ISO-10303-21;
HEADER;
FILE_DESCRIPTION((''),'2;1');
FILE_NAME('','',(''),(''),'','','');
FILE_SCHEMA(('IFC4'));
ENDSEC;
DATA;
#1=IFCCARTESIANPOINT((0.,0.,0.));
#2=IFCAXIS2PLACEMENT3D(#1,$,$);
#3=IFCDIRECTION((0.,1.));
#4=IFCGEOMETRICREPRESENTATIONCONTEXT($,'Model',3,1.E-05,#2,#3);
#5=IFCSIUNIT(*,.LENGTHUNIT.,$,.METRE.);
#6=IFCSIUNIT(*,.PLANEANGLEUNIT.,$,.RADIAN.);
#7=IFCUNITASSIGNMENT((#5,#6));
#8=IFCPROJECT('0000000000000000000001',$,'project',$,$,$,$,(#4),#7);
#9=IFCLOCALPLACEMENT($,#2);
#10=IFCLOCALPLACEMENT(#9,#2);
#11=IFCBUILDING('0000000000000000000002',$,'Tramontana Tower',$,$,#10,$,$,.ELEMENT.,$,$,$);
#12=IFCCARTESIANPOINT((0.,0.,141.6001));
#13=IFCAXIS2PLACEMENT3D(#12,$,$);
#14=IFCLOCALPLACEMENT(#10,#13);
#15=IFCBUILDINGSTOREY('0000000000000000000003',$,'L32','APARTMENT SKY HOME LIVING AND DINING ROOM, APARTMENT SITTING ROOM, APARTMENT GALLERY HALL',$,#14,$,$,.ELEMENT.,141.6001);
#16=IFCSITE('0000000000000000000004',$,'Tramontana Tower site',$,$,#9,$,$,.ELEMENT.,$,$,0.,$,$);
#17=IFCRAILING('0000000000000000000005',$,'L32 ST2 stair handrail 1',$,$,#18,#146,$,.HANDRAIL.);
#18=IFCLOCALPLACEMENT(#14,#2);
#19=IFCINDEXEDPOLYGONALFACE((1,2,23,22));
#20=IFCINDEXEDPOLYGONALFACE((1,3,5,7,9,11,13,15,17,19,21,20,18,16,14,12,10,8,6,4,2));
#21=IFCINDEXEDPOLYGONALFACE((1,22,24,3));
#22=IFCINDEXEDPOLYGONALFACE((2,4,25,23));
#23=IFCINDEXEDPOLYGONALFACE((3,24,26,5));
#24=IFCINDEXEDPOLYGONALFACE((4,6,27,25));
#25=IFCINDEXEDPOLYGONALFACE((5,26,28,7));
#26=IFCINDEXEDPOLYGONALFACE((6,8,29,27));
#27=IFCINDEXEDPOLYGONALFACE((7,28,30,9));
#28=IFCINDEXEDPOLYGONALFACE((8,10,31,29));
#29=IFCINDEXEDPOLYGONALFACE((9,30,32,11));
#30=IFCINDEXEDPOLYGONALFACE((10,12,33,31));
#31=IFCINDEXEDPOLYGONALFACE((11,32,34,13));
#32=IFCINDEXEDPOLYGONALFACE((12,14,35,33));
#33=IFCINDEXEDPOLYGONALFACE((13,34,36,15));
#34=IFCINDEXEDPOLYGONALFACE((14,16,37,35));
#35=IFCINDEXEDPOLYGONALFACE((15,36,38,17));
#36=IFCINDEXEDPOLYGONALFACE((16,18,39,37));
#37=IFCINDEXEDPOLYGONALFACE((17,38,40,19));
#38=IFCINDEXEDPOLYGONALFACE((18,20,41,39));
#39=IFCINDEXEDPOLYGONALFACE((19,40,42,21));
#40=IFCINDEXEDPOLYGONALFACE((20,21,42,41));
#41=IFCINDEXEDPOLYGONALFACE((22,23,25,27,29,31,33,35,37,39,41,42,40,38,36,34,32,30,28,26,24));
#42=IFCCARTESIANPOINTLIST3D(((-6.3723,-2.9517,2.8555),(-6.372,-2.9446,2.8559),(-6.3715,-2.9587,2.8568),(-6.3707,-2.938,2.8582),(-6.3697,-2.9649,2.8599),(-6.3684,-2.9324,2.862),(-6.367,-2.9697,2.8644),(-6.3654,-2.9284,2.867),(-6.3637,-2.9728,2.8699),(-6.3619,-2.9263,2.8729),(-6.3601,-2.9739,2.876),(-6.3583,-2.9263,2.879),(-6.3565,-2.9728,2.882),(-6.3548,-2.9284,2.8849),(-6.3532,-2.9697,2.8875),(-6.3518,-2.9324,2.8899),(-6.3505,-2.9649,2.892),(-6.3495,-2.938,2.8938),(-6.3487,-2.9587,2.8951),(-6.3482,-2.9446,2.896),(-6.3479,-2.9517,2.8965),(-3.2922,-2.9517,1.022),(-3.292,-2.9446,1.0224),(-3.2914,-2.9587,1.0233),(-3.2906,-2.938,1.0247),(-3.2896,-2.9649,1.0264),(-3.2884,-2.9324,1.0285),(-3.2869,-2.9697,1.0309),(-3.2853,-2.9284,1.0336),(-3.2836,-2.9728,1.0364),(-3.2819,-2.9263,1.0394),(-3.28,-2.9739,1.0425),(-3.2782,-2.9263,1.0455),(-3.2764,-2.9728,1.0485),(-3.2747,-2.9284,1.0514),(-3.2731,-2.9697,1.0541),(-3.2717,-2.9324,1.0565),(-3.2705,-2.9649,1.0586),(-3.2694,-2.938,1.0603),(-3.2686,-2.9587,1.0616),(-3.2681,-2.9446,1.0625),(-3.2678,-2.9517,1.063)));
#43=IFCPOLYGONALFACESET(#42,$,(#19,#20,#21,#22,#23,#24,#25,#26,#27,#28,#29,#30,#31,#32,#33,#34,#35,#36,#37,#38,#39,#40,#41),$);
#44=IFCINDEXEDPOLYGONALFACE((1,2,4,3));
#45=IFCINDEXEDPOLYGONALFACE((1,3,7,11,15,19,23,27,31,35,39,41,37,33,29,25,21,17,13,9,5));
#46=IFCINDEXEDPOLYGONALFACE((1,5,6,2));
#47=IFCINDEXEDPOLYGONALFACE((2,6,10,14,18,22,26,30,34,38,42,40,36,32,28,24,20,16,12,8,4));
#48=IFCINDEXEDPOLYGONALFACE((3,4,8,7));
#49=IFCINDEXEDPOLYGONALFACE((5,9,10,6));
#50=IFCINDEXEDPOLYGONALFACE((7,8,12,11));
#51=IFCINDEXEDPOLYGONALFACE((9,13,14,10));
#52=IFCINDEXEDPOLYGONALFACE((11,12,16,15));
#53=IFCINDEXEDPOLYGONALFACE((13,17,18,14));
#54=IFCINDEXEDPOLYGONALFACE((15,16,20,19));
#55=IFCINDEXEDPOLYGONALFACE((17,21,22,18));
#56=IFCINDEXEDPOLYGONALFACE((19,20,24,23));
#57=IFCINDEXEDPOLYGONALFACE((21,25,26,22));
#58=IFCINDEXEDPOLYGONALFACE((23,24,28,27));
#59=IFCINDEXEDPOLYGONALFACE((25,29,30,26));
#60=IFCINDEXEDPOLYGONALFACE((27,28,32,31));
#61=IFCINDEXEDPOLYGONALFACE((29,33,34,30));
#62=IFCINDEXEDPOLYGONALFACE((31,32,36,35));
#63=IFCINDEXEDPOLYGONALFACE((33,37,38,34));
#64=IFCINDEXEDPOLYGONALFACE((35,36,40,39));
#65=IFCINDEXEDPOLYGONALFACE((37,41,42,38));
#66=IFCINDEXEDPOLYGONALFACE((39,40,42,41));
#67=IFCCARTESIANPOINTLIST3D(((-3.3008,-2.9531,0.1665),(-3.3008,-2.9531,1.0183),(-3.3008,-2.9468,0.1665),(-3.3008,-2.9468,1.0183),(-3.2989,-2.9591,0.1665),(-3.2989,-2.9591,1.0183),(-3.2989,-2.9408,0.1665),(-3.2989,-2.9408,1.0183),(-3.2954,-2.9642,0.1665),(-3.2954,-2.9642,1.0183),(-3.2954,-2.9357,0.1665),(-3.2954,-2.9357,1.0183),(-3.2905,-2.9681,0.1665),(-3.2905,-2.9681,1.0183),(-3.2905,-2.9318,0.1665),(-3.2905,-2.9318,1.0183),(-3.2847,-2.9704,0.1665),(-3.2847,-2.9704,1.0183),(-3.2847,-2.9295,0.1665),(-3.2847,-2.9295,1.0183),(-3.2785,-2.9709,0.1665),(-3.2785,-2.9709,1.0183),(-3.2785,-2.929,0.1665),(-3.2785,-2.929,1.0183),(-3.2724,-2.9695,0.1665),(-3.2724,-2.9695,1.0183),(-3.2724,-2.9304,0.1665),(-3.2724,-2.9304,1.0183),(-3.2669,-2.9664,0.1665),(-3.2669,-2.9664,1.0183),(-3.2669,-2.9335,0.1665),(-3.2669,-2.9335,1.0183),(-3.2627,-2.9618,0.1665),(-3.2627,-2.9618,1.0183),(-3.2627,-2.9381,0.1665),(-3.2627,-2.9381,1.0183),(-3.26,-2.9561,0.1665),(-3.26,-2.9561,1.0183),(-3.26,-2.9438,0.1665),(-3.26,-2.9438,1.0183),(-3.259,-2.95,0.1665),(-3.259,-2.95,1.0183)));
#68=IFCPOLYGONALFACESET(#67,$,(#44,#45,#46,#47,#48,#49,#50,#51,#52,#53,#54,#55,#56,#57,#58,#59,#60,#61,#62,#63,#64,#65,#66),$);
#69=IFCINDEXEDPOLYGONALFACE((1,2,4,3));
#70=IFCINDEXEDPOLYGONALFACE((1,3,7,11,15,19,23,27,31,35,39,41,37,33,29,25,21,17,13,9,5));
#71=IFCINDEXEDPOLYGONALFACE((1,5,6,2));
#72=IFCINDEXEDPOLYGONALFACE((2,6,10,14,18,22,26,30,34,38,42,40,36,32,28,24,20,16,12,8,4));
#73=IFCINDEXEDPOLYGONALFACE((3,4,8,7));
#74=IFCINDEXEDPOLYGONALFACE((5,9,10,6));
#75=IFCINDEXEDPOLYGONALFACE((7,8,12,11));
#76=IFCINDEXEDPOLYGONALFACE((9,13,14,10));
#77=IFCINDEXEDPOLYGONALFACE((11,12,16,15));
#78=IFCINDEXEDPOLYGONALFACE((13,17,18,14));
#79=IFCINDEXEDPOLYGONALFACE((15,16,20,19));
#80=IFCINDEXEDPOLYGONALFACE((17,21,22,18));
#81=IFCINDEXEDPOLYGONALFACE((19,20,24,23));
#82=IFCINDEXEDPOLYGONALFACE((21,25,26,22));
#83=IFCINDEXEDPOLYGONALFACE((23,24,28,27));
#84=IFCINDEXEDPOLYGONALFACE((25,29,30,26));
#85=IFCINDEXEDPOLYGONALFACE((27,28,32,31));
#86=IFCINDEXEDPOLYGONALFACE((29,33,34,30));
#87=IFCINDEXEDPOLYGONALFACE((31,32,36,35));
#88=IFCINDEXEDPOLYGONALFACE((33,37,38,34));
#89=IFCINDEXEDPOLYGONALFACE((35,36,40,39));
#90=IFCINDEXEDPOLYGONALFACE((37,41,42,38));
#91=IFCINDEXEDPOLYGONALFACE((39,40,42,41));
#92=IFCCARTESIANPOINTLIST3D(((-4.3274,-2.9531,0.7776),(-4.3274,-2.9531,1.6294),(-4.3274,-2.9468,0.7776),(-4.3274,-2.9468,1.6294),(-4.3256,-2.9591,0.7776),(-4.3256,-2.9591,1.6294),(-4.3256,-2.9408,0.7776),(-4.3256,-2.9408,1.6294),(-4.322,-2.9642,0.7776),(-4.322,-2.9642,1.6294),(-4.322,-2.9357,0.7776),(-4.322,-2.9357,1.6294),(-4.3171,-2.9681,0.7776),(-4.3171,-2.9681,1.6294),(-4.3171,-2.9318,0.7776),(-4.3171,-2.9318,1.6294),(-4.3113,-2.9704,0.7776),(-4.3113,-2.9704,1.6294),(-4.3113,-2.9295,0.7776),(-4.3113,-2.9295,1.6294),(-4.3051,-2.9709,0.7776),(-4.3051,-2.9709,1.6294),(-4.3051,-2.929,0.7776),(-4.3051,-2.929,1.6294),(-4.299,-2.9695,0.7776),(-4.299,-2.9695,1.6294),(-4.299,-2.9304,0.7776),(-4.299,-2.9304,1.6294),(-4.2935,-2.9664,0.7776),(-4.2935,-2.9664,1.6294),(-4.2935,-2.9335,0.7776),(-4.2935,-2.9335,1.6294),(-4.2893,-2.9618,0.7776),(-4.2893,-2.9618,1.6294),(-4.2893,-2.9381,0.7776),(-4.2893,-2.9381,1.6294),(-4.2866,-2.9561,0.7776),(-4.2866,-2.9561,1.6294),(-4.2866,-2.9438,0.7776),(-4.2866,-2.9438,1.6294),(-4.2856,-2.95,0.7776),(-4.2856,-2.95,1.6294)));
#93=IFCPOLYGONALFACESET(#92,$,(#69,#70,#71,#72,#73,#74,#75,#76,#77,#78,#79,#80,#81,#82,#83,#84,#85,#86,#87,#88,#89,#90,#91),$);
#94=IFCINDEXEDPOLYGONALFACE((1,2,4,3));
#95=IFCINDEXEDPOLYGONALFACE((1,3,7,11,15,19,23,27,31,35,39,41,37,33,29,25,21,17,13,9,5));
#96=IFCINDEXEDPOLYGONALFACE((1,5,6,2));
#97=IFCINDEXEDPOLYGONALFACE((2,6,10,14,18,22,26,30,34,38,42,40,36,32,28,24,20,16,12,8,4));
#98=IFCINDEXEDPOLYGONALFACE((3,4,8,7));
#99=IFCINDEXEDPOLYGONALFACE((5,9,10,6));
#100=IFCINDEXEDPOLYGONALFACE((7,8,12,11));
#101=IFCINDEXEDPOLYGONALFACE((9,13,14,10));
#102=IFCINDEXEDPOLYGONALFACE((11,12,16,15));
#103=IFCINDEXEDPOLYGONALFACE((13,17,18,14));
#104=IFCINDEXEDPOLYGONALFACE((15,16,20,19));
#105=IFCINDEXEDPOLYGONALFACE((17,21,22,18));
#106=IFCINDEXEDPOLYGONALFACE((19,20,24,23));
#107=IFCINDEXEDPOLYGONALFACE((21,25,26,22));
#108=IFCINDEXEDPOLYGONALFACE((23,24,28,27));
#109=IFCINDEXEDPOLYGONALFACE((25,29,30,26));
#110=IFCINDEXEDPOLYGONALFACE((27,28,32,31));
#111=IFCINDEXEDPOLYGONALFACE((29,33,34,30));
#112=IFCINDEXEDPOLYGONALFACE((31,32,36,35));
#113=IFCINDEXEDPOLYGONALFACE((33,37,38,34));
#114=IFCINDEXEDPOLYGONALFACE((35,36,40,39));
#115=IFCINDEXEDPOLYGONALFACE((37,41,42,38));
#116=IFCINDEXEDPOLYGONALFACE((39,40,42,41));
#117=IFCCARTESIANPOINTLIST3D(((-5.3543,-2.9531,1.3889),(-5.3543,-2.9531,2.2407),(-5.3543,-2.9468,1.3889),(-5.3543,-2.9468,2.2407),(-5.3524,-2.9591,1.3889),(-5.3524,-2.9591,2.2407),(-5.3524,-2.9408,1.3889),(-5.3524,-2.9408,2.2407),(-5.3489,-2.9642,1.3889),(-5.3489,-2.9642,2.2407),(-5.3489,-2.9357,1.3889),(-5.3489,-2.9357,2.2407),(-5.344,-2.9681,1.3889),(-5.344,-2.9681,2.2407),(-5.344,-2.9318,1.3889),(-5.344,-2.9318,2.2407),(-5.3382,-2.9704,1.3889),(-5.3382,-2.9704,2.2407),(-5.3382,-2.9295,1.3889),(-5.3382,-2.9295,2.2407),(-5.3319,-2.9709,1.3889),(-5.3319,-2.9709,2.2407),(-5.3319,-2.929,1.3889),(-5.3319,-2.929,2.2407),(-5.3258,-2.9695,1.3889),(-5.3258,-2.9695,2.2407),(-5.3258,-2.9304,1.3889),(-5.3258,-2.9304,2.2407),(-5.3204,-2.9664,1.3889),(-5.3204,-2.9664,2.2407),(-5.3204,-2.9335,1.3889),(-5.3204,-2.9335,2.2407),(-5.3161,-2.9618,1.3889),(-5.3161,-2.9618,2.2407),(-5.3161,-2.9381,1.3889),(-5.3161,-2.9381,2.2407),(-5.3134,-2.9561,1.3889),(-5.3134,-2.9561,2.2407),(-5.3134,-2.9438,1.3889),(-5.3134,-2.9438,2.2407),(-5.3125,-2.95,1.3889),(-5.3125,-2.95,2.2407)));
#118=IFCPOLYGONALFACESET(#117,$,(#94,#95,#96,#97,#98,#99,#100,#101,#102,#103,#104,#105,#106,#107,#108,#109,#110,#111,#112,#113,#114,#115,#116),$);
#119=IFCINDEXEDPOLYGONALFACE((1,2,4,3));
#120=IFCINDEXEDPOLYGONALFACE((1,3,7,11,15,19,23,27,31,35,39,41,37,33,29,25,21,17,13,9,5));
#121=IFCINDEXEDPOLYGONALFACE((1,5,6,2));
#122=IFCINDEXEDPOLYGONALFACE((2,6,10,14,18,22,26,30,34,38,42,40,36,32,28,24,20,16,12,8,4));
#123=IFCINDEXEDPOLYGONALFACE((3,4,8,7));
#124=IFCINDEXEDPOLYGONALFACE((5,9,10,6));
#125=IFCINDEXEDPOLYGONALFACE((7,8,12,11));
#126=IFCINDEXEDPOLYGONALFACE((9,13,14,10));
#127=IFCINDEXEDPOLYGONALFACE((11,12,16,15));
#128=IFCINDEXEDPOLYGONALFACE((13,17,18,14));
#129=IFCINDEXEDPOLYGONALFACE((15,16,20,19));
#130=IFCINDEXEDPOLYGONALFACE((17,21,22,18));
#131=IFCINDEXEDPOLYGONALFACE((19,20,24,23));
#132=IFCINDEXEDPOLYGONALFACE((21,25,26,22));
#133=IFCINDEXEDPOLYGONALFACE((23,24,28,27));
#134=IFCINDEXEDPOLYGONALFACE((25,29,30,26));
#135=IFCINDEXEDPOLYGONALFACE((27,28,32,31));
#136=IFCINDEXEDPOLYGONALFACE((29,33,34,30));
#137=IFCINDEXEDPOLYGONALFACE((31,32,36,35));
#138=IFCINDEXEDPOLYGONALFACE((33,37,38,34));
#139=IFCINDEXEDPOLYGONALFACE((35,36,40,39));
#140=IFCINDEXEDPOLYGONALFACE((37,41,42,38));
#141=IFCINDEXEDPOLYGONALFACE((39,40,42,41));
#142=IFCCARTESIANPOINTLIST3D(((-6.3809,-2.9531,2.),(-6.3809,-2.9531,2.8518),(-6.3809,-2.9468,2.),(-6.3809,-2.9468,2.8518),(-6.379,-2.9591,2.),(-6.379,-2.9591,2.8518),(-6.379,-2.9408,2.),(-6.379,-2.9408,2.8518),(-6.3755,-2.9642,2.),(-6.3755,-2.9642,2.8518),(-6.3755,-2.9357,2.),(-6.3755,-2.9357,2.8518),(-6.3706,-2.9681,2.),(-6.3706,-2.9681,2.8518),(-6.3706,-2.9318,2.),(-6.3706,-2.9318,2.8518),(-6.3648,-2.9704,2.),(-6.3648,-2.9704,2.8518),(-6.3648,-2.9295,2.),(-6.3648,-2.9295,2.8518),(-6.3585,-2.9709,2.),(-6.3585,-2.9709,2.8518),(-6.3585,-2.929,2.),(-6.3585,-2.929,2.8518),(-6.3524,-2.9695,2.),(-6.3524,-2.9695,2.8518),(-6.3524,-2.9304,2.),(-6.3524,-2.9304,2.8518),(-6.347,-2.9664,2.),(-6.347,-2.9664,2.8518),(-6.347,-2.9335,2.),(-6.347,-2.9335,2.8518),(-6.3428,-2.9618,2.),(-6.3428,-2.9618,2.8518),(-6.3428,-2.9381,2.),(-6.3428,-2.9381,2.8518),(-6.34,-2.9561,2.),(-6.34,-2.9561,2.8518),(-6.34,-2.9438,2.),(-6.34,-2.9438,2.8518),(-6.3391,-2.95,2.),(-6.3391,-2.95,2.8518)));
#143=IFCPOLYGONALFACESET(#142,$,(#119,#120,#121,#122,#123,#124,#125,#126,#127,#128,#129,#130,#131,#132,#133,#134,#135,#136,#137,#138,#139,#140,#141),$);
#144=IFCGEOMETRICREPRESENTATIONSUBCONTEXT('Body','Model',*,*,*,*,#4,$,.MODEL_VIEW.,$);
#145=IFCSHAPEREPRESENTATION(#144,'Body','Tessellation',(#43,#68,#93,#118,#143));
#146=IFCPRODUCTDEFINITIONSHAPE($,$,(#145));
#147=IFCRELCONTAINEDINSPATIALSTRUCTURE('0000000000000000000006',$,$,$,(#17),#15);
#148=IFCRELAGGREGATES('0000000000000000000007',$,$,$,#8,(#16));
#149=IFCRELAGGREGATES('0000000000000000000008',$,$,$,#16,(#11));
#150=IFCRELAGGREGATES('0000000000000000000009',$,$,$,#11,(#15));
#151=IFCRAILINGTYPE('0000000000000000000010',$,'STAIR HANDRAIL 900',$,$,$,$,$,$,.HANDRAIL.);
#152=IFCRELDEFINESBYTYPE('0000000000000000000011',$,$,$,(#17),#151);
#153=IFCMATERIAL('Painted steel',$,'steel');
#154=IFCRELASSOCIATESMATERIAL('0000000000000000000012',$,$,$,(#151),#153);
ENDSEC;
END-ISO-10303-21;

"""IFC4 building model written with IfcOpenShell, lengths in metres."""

from ifc_helpers import new_model, si_unit, direction, frame, origin, origin_2d, place, context, subcontext, project, spatial, circle, extrude, material, type_object, element, save


model = new_model("IFC4")

# Units and contexts
model_context = context("Model", 3, precision=1e-05, world=origin(), true_north=direction((0.0, 1.0)))
body_context = subcontext(model_context, "Body", "Model", "MODEL_VIEW")
ifc_project = project(units=[si_unit("LENGTHUNIT", "METRE"), si_unit("PLANEANGLEUNIT", "RADIAN")], contexts=[model_context])

# Site, building, storey
site_placement = place(None, origin())
site = spatial("IfcSite", under=ifc_project, at=site_placement, Name="Tramontana Tower site", CompositionType="ELEMENT", RefElevation=0.0)
building_placement = place(site_placement, origin())
building = spatial("IfcBuilding", under=site, at=building_placement, Name="Tramontana Tower", CompositionType="ELEMENT")
storey_placement = place(building_placement, frame((0.0, 0.0, 141.6001)))
storey = spatial("IfcBuildingStorey", under=building, at=storey_placement, Name="L32", Description="APARTMENT SKY HOME LIVING AND DINING ROOM, APARTMENT SITTING ROOM, APARTMENT GALLERY HALL", CompositionType="ELEMENT", Elevation=141.6001)

# Railing
ifc_material_1 = material(Name="Painted steel", Category="steel")
railing_type_1 = type_object("IfcRailingType", Name="STAIR HANDRAIL 900", PredefinedType="HANDRAIL", material=ifc_material_1)
railing_1_placement = place(storey_placement, frame((-3.28, -2.95, 0.1665)))
element("IfcRailing", 1, at=railing_1_placement, inside=storey, type_object=railing_type_1, Name="L32 ST2 stair handrail 1", PredefinedType="HANDRAIL", context=body_context, shape_type="SweptSolid", body=[
    extrude(circle(Radius=0.0239, at=origin_2d()), frame((0.0, 0.0, 0.876), z_axis=(-0.859279, 0.0, 0.511508), x_axis=(0.0, -1.0, 0.0)), (0.0, 0.0, 1.0), 3.5845),
    extrude(circle(Radius=0.021, at=origin_2d()), origin(), (0.0, 0.0, 1.0), 0.8518),
    extrude(circle(Radius=0.021, at=origin_2d()), frame((-1.0266, 0.0, 0.6111)), (0.0, 0.0, 1.0), 0.8518),
    extrude(circle(Radius=0.021, at=origin_2d()), frame((-2.0535, 0.0, 1.2224)), (0.0, 0.0, 1.0), 0.8518),
    extrude(circle(Radius=0.021, at=origin_2d()), frame((-3.0801, 0.0, 1.8335)), (0.0, 0.0, 1.0), 0.8518),
])

save(model, "model.ifc")
